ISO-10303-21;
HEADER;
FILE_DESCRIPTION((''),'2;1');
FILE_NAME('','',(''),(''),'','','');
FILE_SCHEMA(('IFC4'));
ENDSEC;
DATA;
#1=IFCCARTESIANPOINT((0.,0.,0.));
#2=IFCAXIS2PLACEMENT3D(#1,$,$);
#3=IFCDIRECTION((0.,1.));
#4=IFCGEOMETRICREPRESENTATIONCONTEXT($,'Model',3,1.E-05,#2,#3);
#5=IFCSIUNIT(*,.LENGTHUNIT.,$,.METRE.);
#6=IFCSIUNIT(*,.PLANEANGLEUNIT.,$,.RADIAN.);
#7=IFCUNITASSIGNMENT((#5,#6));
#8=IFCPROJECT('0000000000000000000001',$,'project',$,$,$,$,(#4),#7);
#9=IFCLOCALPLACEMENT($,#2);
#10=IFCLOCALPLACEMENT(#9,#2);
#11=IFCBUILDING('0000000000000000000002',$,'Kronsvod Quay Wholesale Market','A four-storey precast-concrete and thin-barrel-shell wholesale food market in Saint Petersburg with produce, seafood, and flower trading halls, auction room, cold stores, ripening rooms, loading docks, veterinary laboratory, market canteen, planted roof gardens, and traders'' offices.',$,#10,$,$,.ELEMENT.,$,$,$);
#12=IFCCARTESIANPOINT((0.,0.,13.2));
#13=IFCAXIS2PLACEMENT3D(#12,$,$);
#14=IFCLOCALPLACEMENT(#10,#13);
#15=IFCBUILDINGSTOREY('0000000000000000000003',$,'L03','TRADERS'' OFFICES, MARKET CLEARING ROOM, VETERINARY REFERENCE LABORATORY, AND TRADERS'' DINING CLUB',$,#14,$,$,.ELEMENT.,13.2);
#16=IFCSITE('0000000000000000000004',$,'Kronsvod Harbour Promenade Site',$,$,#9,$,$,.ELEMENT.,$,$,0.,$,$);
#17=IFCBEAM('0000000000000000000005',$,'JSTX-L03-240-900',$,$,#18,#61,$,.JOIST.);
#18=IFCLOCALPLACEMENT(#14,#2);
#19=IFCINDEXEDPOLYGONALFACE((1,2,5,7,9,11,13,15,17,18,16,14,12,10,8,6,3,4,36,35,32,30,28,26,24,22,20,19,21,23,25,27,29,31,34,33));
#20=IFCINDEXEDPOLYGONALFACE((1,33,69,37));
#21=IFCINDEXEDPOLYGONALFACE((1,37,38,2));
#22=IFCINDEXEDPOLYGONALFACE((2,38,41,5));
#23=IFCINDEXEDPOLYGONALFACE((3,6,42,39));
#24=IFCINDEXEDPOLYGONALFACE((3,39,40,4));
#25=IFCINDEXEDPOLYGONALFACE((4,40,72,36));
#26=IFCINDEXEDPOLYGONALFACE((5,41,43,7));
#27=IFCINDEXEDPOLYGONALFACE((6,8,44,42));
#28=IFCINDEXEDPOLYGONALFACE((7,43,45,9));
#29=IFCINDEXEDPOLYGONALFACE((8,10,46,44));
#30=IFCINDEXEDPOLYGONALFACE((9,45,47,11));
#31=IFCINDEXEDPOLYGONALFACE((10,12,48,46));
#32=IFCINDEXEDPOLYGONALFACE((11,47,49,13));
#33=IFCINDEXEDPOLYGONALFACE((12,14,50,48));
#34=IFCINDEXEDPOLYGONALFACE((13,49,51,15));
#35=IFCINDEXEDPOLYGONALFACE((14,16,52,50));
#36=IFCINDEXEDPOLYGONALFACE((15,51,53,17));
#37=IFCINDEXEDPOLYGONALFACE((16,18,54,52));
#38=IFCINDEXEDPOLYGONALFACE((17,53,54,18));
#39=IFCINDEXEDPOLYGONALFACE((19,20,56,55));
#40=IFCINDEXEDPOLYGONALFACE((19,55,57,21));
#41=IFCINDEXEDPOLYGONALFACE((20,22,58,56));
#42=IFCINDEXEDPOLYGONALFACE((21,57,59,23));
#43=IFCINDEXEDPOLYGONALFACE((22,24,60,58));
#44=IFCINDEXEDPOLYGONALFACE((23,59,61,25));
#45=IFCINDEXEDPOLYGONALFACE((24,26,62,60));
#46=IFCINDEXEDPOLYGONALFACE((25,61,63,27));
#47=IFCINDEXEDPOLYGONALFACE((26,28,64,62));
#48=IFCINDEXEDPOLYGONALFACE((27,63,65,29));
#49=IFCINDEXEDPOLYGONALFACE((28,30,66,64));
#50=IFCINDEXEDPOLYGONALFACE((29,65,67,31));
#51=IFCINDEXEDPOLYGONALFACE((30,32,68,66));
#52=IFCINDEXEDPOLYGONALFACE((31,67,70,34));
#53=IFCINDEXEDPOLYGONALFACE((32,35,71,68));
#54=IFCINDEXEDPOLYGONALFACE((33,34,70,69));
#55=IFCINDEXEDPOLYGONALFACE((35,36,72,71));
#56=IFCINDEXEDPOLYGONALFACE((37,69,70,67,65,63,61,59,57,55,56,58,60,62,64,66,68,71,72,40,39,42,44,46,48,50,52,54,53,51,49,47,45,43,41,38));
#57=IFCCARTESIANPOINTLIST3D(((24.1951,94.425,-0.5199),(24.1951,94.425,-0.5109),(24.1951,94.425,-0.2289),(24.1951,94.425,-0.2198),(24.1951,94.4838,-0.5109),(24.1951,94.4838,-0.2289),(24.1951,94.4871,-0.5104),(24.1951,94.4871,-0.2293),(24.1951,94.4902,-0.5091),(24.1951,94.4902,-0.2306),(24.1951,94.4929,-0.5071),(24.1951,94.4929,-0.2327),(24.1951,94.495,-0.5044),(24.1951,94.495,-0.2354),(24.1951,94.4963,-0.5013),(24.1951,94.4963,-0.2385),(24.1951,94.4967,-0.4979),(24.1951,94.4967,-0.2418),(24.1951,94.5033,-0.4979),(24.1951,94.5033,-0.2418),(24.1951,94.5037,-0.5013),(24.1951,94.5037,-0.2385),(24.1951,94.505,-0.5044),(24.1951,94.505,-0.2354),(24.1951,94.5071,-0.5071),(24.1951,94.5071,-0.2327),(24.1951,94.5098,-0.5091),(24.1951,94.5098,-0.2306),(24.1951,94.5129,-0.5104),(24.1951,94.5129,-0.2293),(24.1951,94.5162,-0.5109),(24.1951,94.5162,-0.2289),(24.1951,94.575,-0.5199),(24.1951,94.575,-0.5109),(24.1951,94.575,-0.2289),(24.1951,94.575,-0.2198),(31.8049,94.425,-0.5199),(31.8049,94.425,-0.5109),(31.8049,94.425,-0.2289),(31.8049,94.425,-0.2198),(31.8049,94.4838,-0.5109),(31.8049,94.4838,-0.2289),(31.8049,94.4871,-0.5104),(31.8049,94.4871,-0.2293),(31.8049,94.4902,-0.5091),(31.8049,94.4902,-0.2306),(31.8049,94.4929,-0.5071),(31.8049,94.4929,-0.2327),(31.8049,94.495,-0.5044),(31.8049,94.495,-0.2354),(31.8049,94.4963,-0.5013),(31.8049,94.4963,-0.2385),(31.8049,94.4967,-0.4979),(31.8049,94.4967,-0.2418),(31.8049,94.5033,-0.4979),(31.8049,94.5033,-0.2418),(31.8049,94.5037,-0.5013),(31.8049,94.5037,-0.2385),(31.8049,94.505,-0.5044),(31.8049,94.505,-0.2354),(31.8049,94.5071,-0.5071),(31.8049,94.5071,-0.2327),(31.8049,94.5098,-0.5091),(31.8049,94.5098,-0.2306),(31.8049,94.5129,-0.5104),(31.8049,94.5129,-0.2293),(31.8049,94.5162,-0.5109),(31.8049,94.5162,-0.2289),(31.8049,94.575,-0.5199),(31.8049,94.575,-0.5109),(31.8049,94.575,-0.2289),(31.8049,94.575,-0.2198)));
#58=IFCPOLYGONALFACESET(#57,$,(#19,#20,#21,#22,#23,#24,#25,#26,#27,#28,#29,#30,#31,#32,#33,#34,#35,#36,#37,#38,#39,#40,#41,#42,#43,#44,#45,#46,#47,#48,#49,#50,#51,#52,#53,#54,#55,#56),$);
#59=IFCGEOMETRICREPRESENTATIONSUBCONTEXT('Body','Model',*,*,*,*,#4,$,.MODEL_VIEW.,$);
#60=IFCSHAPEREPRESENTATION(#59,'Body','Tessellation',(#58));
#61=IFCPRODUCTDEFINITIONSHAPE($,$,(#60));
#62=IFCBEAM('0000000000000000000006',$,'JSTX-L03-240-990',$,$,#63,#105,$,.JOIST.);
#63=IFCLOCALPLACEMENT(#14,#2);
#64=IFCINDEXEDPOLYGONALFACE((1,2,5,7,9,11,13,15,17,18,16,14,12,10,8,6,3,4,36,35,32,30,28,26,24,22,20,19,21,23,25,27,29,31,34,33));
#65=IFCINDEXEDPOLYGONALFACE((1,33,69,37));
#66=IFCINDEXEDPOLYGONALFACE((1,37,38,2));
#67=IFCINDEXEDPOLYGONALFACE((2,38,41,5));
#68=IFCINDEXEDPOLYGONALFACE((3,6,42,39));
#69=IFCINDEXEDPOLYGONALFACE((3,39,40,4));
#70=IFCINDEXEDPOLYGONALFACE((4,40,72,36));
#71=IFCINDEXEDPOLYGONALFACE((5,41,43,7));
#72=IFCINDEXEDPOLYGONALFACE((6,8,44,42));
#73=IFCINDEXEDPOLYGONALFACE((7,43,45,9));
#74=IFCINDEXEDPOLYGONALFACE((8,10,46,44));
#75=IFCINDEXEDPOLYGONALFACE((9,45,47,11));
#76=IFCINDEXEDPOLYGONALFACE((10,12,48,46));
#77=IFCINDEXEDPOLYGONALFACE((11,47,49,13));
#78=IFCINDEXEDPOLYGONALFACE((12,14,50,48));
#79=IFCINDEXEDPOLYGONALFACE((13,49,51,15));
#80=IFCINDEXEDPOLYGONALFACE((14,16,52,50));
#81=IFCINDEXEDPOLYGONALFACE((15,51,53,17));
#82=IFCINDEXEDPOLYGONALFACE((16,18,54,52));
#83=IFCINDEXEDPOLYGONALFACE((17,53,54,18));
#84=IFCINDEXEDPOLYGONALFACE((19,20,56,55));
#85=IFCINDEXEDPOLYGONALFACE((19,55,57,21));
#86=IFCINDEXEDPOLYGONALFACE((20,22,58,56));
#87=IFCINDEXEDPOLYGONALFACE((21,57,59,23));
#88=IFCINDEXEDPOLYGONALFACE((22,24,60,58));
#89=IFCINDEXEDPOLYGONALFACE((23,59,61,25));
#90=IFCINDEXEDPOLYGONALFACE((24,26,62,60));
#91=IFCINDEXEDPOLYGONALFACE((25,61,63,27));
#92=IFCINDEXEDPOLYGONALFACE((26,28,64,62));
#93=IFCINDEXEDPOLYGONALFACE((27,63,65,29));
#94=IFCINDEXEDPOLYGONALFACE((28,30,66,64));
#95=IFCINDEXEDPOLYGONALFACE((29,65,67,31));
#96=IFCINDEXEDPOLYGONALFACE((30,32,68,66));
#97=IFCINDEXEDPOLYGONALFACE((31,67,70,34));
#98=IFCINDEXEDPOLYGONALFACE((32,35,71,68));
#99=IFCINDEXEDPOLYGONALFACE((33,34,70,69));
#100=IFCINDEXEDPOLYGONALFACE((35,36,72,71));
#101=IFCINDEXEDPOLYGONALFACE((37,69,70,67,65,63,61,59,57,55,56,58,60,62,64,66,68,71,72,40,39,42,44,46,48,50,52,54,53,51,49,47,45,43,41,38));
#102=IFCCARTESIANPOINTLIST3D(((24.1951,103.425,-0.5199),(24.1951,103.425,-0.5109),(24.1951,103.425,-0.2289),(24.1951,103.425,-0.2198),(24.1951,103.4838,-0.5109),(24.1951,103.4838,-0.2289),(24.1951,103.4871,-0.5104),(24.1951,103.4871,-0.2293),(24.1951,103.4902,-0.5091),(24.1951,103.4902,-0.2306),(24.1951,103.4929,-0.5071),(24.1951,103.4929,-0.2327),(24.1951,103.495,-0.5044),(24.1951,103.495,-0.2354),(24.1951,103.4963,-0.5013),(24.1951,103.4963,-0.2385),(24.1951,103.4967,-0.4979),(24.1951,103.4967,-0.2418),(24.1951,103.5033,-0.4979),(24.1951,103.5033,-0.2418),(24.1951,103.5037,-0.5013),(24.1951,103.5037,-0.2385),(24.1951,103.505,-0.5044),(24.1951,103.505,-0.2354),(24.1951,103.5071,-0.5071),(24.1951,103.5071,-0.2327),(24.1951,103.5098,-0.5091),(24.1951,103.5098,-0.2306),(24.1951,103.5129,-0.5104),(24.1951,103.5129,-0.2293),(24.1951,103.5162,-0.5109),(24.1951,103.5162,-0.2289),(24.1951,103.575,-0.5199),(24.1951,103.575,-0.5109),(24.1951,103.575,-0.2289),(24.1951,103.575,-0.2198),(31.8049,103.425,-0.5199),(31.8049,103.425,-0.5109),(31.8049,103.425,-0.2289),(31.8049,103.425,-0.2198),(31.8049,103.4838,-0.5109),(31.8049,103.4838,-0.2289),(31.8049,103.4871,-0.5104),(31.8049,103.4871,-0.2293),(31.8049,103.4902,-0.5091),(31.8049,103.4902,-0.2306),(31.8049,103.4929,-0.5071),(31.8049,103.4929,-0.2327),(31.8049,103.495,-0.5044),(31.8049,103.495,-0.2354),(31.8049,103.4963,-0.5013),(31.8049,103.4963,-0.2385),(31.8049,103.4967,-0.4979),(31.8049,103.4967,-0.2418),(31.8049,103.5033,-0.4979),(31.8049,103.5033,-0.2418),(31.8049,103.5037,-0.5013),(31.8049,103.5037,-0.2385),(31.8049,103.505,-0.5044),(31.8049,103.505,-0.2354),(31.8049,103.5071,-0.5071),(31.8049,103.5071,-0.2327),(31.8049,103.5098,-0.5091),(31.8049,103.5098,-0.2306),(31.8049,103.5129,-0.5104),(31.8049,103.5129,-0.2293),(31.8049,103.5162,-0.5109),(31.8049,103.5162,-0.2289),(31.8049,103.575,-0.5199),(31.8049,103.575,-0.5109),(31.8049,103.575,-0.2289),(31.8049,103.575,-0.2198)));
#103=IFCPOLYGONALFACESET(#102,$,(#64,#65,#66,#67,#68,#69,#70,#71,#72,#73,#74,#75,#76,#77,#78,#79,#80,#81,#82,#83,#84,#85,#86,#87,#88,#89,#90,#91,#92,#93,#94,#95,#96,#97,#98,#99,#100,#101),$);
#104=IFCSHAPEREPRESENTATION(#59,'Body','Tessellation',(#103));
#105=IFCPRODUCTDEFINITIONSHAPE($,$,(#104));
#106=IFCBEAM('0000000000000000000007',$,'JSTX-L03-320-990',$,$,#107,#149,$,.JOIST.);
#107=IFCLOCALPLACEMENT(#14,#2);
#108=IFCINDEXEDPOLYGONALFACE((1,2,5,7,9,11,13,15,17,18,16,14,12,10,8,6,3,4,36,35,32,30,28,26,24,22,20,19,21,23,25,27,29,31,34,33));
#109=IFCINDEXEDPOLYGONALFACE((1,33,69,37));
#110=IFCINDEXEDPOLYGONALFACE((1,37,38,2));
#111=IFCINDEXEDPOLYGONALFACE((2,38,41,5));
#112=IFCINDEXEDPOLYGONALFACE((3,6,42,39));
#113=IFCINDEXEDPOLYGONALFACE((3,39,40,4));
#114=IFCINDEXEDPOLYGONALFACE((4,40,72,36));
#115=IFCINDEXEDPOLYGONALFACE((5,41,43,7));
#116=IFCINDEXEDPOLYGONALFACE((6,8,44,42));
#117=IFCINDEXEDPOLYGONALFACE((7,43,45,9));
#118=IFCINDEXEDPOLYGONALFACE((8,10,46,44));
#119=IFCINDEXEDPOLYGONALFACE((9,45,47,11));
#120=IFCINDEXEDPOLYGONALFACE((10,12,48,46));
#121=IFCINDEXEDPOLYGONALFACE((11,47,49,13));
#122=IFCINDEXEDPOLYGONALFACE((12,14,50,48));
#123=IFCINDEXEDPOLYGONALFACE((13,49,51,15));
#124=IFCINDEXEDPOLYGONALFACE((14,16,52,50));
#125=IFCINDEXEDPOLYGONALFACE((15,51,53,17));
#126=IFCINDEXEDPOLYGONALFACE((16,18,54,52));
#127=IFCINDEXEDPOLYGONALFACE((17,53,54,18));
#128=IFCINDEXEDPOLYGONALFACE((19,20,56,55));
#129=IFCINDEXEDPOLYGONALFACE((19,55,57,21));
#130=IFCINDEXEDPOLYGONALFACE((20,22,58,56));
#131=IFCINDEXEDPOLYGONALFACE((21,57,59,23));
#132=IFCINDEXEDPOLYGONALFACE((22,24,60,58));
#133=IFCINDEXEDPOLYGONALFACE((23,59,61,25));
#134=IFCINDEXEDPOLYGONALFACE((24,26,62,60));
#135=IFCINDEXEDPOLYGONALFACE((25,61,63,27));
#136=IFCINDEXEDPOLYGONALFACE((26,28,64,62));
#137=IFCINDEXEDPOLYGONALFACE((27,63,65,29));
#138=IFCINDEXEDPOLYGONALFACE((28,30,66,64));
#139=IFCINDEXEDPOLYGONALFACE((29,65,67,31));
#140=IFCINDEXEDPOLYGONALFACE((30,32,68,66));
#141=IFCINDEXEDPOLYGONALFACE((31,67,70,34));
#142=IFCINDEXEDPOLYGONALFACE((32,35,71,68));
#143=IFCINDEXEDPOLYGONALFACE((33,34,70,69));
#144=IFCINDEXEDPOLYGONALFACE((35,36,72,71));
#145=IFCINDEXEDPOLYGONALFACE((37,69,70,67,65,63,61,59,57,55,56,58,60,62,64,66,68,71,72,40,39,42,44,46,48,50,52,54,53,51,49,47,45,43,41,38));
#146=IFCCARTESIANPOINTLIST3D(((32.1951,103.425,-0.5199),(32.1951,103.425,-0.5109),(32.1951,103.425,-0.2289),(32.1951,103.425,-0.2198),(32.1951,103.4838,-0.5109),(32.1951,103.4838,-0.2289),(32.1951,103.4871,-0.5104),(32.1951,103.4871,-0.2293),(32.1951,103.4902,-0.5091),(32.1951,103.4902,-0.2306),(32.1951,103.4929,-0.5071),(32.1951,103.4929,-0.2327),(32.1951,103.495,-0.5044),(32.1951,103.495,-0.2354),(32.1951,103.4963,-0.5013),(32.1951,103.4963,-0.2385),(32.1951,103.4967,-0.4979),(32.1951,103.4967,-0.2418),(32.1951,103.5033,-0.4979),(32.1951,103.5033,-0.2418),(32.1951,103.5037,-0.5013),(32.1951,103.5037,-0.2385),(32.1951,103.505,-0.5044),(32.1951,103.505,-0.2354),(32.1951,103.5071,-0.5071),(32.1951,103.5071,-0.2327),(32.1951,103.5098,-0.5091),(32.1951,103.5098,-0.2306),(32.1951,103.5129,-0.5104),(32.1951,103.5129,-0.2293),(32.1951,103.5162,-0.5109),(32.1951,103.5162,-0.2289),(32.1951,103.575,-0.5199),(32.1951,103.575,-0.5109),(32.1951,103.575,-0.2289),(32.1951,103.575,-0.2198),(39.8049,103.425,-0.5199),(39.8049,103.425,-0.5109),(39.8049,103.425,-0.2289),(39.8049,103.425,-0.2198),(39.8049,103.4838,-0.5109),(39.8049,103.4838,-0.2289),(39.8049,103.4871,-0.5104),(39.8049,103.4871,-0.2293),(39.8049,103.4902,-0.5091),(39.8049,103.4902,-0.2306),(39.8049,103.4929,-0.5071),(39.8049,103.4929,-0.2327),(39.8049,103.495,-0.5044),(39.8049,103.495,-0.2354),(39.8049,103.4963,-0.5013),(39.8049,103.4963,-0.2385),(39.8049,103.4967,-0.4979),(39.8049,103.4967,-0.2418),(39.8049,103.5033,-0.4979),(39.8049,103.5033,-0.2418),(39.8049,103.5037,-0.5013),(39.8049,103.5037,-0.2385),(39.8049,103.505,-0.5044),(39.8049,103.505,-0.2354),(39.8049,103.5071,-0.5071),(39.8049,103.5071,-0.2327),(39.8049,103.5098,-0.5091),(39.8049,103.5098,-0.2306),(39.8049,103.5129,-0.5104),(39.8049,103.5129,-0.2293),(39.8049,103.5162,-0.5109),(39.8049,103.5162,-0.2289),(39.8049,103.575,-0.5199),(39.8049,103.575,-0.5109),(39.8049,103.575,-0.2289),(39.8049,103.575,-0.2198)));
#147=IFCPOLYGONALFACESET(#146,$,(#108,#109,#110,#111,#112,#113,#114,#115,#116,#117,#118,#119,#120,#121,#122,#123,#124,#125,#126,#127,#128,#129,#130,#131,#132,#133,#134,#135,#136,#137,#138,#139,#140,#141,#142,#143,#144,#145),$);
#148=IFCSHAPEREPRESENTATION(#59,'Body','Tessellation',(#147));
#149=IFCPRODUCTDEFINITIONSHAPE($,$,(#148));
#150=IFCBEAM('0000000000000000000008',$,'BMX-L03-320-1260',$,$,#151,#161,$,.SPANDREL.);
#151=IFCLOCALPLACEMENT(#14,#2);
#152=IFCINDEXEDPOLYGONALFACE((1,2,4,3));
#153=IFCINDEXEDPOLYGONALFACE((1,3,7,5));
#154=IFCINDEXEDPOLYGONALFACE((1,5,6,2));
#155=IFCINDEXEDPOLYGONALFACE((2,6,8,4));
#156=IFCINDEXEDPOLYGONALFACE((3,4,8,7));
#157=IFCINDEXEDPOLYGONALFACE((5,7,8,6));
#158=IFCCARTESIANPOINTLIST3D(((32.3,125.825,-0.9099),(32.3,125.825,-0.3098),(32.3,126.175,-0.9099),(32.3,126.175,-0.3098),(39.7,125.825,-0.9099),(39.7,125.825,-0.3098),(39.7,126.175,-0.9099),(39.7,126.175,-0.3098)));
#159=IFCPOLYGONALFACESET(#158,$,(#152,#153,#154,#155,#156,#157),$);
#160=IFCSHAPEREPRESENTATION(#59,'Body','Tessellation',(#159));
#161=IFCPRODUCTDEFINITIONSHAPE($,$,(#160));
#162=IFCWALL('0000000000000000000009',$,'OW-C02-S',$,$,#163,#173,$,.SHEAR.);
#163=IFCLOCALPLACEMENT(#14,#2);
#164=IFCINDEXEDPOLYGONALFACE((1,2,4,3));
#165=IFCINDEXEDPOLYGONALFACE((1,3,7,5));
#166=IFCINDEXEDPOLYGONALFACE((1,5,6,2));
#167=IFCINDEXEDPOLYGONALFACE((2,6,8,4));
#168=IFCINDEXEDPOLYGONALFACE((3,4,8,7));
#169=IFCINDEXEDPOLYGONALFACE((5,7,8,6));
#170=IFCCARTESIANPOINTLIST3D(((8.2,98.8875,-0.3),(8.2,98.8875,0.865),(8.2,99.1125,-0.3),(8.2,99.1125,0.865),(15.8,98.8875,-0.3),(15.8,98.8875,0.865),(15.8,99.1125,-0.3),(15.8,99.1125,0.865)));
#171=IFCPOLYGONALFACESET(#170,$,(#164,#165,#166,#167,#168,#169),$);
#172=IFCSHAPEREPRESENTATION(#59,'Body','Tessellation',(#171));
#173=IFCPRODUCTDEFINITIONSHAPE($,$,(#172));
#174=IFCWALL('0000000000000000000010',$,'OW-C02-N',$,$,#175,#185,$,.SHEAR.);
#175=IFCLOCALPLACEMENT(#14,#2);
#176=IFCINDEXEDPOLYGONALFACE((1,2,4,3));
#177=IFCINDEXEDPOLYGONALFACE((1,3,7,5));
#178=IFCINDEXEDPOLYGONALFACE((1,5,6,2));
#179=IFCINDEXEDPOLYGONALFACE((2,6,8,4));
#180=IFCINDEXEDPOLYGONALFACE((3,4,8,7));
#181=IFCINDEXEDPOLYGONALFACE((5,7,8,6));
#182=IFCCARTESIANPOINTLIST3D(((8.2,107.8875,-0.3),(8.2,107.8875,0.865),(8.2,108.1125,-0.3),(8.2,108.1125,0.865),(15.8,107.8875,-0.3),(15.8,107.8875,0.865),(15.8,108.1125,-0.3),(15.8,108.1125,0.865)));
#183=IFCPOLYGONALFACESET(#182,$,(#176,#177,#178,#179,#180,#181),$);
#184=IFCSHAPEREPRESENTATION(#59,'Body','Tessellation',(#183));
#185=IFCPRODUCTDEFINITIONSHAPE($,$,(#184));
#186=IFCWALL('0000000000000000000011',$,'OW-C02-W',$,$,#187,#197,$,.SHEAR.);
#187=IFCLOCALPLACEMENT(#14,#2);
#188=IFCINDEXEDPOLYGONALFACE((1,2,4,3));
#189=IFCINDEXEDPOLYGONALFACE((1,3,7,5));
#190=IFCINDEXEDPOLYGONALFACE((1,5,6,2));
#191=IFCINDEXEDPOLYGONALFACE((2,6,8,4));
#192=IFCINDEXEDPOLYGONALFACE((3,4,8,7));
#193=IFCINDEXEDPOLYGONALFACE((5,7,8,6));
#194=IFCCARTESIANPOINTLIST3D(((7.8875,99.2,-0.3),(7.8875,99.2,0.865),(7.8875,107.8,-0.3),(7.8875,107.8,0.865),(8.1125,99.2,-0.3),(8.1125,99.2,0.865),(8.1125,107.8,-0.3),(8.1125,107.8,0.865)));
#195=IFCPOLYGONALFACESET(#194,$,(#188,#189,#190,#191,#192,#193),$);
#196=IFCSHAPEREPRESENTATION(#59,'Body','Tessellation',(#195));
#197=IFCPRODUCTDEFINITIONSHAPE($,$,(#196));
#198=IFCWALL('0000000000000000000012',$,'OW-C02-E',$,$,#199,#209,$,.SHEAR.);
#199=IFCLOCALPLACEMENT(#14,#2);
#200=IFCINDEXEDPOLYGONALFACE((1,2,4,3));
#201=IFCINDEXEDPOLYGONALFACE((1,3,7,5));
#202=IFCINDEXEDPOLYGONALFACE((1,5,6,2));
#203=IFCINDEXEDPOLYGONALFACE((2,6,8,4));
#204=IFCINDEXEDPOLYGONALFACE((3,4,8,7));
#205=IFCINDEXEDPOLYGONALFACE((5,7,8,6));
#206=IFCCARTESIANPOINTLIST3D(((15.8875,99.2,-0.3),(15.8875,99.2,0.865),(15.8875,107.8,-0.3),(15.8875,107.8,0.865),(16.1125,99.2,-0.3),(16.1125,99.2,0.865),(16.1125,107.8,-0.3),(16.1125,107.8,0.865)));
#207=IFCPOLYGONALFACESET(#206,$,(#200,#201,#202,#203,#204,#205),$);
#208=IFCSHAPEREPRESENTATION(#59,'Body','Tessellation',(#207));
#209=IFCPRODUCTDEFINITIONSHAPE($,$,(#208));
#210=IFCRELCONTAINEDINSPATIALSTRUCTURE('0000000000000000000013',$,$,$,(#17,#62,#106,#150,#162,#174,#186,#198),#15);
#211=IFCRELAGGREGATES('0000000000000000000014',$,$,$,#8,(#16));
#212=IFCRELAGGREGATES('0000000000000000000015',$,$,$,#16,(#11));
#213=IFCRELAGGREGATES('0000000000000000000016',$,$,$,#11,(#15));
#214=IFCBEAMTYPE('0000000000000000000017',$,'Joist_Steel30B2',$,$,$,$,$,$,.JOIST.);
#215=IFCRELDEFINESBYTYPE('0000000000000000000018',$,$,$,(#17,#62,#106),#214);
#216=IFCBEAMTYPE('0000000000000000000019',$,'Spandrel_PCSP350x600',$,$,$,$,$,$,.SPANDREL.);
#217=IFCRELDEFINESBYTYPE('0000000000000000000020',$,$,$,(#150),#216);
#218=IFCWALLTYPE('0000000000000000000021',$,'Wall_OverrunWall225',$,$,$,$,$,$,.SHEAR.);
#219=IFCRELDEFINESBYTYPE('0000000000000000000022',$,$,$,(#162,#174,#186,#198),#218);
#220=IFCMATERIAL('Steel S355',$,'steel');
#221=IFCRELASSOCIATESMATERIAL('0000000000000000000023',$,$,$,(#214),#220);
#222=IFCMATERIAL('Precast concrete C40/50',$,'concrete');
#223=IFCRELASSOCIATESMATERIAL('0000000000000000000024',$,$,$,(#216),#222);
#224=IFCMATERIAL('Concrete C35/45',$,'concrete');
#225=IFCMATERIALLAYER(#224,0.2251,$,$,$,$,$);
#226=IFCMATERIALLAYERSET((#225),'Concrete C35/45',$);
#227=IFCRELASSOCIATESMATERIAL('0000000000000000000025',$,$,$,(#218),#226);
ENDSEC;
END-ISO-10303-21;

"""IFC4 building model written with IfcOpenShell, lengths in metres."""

from ifc_helpers import new_model, si_unit, direction, frame, frame_2d, origin, origin_2d, place, context, subcontext, project, spatial, rectangle, i_section, extrude, material, layer, layer_set, material_profile, profile_set, type_object, element, save


model = new_model("IFC4")

# Units and contexts
model_context = context("Model", 3, precision=1e-05, world=origin(), true_north=direction((0.0, 1.0)))
body_context = subcontext(model_context, "Body", "Model", "MODEL_VIEW")
ifc_project = project(units=[si_unit("LENGTHUNIT", "METRE"), si_unit("PLANEANGLEUNIT", "RADIAN")], contexts=[model_context])

# Site, building, storey
site_placement = place(None, origin())
site = spatial("IfcSite", under=ifc_project, at=site_placement, Name="Kronsvod Harbour Promenade Site", CompositionType="ELEMENT", RefElevation=0.0)
building_placement = place(site_placement, origin())
building = spatial("IfcBuilding", under=site, at=building_placement, Name="Kronsvod Quay Wholesale Market", Description="A four-storey precast-concrete and thin-barrel-shell wholesale food market in Saint Petersburg with produce, seafood, and flower trading halls, auction room, cold stores, ripening rooms, loading docks, veterinary laboratory, market canteen, planted roof gardens, and traders' offices.", CompositionType="ELEMENT")
storey_placement = place(building_placement, frame((0.0, 0.0, 13.2)))
storey = spatial("IfcBuildingStorey", under=building, at=storey_placement, Name="L03", Description="TRADERS' OFFICES, MARKET CLEARING ROOM, VETERINARY REFERENCE LABORATORY, AND TRADERS' DINING CLUB", CompositionType="ELEMENT", Elevation=13.2)

# Beams
ifc_material_1 = material(Name="Steel S355", Category="steel")
ifc_material_profile_1 = material_profile(ifc_material_1, i_section(OverallWidth=0.1499, OverallDepth=0.3, WebThickness=0.0066, FlangeThickness=0.009, FilletRadius=0.0129, at=origin_2d()), Name="30B2")
ifc_profile_set_1 = profile_set([ifc_material_profile_1], Name="Steel S355")
beam_type_1 = type_object("IfcBeamType", Name="Joist_Steel30B2", PredefinedType="JOIST", material=ifc_profile_set_1)
for number, where, z_axis, x_axis, name in (
    (1, (24.1951, 94.5, -0.3699), (1.0, 0.0, 0.0), (0.0, 1.0, 0.0), "JSTX-L03-240-900"),
    (2, (24.1951, 103.5, -0.3699), (1.0, 0.0, 0.0), (0.0, 1.0, 0.0), "JSTX-L03-240-990"),
    (3, (32.1951, 103.5, -0.3699), (1.0, 0.0, 0.0), (0.0, 1.0, 0.0), "JSTX-L03-320-990"),
):
    element("IfcBeam", number, at=place(storey_placement, frame(where, z_axis=z_axis, x_axis=x_axis)), inside=storey, type_object=beam_type_1, Name=name, PredefinedType="JOIST", context=body_context, shape_type="SweptSolid", body=[
        extrude(i_section(OverallWidth=0.1499, OverallDepth=0.3, WebThickness=0.0066, FlangeThickness=0.009, FilletRadius=0.0129, at=origin_2d()), origin(), (0.0, 0.0, 1.0), 7.6099),
    ])
ifc_material_2 = material(Name="Precast concrete C40/50", Category="concrete")
ifc_material_profile_2 = material_profile(ifc_material_2, rectangle(XDim=0.3501, YDim=0.6001, at=origin_2d()), Name="PCSP350x600")
ifc_profile_set_2 = profile_set([ifc_material_profile_2], Name="Precast concrete C40/50")
beam_type_2 = type_object("IfcBeamType", Name="Spandrel_PCSP350x600", PredefinedType="SPANDREL", material=ifc_profile_set_2)
beam_1_placement = place(storey_placement, frame((32.3, 126.0, -0.6099), z_axis=(1.0, 0.0, 0.0), x_axis=(0.0, 1.0, 0.0)))
element("IfcBeam", 4, at=beam_1_placement, inside=storey, type_object=beam_type_2, Name="BMX-L03-320-1260", PredefinedType="SPANDREL", context=body_context, shape_type="SweptSolid", body=[
    extrude(rectangle(XDim=0.3501, YDim=0.6001, at=origin_2d()), origin(), (0.0, 0.0, 1.0), 7.3999),
])

# Walls
ifc_material_3 = material(Name="Concrete C35/45", Category="concrete")
ifc_layer_1 = layer(ifc_material_3, 0.2251)
ifc_layer_set_1 = layer_set([ifc_layer_1], Name="Concrete C35/45")
wall_type_1 = type_object("IfcWallType", Name="Wall_OverrunWall225", PredefinedType="SHEAR", material=ifc_layer_set_1)
for number, where, z_axis, x_axis, name in (
    (5, (8.2, 99.0, -0.3), (0.0, 0.0, 1.0), (1.0, 0.0, 0.0), "OW-C02-S"),
    (6, (8.2, 108.0, -0.3), (0.0, 0.0, 1.0), (1.0, 0.0, 0.0), "OW-C02-N"),
):
    element("IfcWall", number, at=place(storey_placement, frame(where, z_axis=z_axis, x_axis=x_axis)), inside=storey, type_object=wall_type_1, Name=name, PredefinedType="SHEAR", context=body_context, shape_type="SweptSolid", body=[
        extrude(rectangle(XDim=7.6001, YDim=0.2251, at=frame_2d((3.8, 0.0))), origin(), (0.0, 0.0, 1.0), 1.165),
    ])
for number, where, z_axis, x_axis, name in (
    (7, (8.0, 99.2, -0.3), (0.0, 0.0, 1.0), (0.0, 1.0, 0.0), "OW-C02-W"),
    (8, (16.0, 99.2, -0.3), (0.0, 0.0, 1.0), (0.0, 1.0, 0.0), "OW-C02-E"),
):
    element("IfcWall", number, at=place(storey_placement, frame(where, z_axis=z_axis, x_axis=x_axis)), inside=storey, type_object=wall_type_1, Name=name, PredefinedType="SHEAR", context=body_context, shape_type="SweptSolid", body=[
        extrude(rectangle(XDim=8.6001, YDim=0.2251, at=frame_2d((4.3, 0.0))), origin(), (0.0, 0.0, 1.0), 1.165),
    ])

save(model, "model.ifc")
